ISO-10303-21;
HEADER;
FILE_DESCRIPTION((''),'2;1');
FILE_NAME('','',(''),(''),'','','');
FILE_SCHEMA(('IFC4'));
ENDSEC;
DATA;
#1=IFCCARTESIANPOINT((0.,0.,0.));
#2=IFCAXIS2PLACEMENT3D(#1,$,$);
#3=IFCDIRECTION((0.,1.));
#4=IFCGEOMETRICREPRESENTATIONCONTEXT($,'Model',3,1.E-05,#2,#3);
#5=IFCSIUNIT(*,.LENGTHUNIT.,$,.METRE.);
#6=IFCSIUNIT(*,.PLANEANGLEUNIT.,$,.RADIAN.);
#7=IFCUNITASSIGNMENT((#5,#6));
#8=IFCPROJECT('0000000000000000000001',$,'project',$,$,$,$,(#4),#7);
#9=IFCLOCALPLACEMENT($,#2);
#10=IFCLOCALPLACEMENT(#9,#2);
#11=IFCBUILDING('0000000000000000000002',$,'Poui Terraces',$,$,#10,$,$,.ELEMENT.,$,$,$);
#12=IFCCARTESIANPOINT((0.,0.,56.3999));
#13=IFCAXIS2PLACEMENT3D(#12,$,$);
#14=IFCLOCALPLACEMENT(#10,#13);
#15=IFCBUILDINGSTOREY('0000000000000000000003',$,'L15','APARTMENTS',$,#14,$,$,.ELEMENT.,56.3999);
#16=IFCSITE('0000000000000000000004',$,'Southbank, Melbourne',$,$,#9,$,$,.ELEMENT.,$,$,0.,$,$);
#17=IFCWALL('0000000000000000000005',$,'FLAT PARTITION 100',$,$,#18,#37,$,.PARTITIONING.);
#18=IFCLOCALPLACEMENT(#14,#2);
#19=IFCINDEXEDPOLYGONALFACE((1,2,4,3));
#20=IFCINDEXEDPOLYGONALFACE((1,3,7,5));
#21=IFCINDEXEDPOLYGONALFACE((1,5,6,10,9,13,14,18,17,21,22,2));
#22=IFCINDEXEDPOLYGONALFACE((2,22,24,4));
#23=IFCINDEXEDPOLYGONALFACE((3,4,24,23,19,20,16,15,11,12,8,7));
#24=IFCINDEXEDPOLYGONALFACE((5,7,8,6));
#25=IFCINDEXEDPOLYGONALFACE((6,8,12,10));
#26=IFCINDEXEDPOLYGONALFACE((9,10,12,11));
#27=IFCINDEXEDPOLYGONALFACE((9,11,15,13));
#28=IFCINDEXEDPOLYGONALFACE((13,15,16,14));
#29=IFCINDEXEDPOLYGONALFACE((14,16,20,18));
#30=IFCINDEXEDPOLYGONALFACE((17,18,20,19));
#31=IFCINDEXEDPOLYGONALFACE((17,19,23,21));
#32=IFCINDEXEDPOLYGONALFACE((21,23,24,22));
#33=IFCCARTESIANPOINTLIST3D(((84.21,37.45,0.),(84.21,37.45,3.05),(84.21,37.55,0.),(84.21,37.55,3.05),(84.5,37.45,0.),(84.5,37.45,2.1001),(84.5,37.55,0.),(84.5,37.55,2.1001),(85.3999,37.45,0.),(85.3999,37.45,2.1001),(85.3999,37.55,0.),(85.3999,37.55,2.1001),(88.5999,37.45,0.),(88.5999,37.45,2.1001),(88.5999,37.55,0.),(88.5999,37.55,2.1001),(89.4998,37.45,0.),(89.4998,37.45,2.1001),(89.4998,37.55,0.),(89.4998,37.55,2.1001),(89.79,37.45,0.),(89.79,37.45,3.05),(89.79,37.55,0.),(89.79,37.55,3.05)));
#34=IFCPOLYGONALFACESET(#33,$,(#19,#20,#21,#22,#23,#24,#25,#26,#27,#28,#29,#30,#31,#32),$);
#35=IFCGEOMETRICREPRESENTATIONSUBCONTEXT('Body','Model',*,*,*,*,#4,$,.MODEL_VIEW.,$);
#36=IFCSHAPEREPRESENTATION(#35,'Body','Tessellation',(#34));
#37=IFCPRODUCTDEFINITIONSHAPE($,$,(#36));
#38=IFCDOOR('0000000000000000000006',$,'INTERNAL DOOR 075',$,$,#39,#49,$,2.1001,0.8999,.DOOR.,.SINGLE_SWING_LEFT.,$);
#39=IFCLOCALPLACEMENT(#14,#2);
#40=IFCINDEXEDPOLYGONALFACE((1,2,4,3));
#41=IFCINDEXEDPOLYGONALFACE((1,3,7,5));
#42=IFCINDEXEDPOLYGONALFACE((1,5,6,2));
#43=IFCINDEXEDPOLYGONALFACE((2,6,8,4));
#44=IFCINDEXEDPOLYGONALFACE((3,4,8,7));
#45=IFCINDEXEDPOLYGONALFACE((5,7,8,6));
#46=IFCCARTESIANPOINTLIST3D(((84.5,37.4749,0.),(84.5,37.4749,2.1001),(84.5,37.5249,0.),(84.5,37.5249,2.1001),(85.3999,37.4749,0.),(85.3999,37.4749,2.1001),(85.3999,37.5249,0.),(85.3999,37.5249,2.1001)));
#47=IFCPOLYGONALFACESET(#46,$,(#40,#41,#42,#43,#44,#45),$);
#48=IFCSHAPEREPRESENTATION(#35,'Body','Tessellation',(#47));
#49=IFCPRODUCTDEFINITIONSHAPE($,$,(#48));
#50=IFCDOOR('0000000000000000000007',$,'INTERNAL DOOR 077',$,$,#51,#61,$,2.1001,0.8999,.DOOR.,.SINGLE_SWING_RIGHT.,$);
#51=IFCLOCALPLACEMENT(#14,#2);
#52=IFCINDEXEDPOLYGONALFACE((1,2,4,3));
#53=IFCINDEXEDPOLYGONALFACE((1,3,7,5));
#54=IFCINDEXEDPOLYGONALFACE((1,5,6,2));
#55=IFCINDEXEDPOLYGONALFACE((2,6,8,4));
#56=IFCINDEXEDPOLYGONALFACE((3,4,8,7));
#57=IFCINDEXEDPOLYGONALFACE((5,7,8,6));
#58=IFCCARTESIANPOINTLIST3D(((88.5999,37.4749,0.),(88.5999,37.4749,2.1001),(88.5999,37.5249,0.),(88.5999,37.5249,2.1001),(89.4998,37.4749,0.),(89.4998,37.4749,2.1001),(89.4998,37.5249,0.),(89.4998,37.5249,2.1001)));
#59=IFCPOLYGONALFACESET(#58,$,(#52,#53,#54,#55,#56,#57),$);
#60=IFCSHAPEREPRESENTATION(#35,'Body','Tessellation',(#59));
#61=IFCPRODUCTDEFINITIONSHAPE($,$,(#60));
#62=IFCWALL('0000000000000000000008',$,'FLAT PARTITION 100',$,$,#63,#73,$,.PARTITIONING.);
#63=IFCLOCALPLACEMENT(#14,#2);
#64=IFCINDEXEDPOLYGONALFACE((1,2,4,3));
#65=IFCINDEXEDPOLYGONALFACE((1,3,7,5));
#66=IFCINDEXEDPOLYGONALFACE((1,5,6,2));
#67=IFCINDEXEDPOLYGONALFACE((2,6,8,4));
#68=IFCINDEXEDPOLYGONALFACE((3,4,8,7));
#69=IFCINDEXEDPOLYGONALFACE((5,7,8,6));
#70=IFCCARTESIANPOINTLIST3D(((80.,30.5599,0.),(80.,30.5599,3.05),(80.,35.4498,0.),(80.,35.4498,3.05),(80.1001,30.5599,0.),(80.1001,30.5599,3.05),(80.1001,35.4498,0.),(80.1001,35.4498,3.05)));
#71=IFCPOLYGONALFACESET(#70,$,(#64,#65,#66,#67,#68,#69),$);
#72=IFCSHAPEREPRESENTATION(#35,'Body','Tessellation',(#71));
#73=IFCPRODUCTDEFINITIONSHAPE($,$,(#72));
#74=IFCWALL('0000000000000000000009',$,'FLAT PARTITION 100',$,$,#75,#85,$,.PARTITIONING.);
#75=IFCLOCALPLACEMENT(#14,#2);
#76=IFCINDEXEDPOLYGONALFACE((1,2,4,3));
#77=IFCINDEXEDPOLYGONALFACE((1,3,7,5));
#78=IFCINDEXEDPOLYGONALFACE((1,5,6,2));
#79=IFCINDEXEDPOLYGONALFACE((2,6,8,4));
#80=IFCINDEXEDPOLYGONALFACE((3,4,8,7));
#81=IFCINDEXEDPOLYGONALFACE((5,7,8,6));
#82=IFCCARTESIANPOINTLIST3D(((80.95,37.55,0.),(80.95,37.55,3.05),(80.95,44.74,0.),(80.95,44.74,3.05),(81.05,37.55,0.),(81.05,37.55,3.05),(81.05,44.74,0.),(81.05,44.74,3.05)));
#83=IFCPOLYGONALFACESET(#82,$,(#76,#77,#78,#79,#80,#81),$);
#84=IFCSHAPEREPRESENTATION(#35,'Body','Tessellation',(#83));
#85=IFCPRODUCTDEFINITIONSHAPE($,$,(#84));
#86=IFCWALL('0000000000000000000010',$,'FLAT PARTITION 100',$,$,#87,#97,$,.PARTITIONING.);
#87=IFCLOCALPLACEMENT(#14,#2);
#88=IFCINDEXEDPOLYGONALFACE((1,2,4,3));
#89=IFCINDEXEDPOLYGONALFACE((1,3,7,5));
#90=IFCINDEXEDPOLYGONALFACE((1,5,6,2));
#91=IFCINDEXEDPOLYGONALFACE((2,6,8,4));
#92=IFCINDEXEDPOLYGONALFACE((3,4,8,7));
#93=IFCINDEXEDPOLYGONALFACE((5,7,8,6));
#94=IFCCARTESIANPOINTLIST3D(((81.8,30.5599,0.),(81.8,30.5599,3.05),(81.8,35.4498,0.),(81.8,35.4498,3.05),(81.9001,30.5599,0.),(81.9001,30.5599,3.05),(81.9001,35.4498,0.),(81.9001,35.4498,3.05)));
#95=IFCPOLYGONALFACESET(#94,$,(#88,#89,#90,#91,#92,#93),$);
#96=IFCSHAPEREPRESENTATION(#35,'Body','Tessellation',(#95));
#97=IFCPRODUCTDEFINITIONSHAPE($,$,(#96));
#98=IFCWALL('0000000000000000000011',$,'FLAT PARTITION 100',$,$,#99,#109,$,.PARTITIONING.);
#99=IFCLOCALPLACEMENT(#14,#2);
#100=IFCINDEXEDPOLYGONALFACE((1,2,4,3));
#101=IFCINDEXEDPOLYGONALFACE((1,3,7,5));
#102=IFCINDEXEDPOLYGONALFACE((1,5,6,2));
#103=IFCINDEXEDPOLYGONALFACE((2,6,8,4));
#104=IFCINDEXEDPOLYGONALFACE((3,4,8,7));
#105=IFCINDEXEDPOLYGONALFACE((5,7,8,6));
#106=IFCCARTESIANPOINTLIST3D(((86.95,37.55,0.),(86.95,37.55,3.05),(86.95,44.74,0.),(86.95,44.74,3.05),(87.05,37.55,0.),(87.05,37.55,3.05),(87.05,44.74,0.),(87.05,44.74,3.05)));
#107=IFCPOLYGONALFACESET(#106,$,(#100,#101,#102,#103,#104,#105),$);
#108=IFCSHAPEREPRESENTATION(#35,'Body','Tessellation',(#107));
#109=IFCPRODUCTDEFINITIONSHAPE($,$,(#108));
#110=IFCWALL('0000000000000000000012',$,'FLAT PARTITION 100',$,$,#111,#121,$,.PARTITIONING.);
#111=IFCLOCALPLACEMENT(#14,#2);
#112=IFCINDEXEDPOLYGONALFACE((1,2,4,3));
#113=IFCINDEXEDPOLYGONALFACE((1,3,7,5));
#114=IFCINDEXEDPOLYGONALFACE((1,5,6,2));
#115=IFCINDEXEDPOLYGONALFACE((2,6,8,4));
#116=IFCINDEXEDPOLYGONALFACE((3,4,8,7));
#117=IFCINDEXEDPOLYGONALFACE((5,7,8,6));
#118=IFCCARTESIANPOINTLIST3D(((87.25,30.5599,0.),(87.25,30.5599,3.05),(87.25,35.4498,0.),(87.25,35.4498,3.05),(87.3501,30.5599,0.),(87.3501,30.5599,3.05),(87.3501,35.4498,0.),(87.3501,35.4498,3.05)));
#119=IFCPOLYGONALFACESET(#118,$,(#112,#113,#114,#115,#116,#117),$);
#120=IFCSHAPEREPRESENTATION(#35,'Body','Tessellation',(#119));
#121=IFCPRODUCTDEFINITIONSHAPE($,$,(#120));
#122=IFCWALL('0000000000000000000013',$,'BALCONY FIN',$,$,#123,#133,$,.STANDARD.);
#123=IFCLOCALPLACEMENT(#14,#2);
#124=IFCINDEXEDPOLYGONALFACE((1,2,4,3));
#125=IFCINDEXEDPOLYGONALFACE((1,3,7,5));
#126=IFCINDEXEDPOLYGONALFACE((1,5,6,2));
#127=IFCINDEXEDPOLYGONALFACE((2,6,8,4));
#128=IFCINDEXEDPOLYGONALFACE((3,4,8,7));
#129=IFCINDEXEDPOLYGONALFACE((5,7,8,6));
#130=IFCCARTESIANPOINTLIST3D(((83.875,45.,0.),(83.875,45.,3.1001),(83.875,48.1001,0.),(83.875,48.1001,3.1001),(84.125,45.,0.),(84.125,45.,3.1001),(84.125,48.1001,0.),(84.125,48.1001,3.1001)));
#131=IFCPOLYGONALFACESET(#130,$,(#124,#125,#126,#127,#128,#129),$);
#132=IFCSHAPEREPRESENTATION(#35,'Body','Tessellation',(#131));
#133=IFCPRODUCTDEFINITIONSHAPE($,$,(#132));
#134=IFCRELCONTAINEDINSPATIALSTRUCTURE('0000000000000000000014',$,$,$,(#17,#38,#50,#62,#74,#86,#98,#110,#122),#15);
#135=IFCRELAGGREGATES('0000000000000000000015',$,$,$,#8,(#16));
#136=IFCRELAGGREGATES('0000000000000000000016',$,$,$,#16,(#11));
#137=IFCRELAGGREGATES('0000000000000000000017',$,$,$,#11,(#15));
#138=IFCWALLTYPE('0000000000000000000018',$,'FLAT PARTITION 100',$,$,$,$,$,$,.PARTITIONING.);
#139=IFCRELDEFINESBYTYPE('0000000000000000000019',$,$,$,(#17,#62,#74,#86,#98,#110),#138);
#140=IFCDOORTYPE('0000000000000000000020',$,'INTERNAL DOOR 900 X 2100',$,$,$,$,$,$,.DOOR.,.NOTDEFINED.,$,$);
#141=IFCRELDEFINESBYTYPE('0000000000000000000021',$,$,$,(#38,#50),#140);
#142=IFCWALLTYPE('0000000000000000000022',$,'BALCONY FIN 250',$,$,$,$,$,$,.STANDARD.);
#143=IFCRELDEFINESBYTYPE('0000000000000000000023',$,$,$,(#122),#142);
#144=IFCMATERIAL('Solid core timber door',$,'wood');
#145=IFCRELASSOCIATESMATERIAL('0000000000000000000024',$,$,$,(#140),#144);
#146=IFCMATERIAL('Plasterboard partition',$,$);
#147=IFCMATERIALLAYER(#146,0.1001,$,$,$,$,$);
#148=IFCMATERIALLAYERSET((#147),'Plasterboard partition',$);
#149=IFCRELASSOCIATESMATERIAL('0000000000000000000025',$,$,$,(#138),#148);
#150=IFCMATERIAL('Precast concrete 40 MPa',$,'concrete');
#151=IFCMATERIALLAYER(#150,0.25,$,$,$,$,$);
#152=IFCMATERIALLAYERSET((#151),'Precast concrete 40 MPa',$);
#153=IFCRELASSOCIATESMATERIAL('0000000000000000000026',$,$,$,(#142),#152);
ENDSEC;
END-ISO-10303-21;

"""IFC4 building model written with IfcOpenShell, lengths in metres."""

from ifc_helpers import new_model, si_unit, direction, frame, frame_2d, origin, place, context, subcontext, project, spatial, polyline, rectangle, outline, extrude, source, transform, mapped, material, layer, layer_set, type_object, element, fill, save


model = new_model("IFC4")

# Units and contexts
model_context = context("Model", 3, precision=1e-05, world=origin(), true_north=direction((0.0, 1.0)))
body_context = subcontext(model_context, "Body", "Model", "MODEL_VIEW")
ifc_project = project(units=[si_unit("LENGTHUNIT", "METRE"), si_unit("PLANEANGLEUNIT", "RADIAN")], contexts=[model_context])

# Site, building, storey
site_placement = place(None, origin())
site = spatial("IfcSite", under=ifc_project, at=site_placement, Name="Southbank, Melbourne", CompositionType="ELEMENT", RefElevation=0.0)
building_placement = place(site_placement, origin())
building = spatial("IfcBuilding", under=site, at=building_placement, Name="Poui Terraces", CompositionType="ELEMENT")
storey_placement = place(building_placement, frame((0.0, 0.0, 56.3999)))
storey = spatial("IfcBuildingStorey", under=building, at=storey_placement, Name="L15", Description="APARTMENTS", CompositionType="ELEMENT", Elevation=56.3999)

# Shared definitions
ifc_material_1 = material(Name="Solid core timber door", Category="wood")
door_type_1 = type_object("IfcDoorType", Name="INTERNAL DOOR 900 X 2100", OperationType="NOTDEFINED", PredefinedType="DOOR", material=ifc_material_1)

# Shared definitions
ifc_material_2 = material(Name="Plasterboard partition")
ifc_layer_1 = layer(ifc_material_2, 0.1001)
ifc_layer_set_1 = layer_set([ifc_layer_1], Name="Plasterboard partition")
wall_type_1 = type_object("IfcWallType", Name="FLAT PARTITION 100", PredefinedType="PARTITIONING", material=ifc_layer_set_1)

# Wall, openings, doors
wall_1_placement = place(storey_placement, frame((84.21, 37.5, 0.0), z_axis=(0.0, 0.0, 1.0), x_axis=(1.0, 0.0, 0.0)))
wall_1 = element("IfcWall", 1, at=wall_1_placement, inside=storey, type_object=wall_type_1, Name="FLAT PARTITION 100", PredefinedType="PARTITIONING", context=body_context, shape_type="SweptSolid", body=[
    extrude(rectangle(XDim=5.5801, YDim=0.1001, at=frame_2d((2.79, 0.0))), origin(), (0.0, 0.0, 1.0), 3.05),
])
opening_1_placement = place(wall_1_placement, frame((0.29, 0.0, 0.0)))
opening_1 = element("IfcOpeningElement", 2, at=opening_1_placement, cuts=wall_1, PredefinedType="OPENING", context=body_context, shape_type="SweptSolid", body=[
    extrude(rectangle(XDim=0.8999, YDim=2.1001, at=frame_2d((0.45, 1.05))), frame((0.0, 0.0601, 0.0), z_axis=(0.0, -1.0, 0.0), x_axis=(1.0, 0.0, 0.0)), (0.0, 0.0, 1.0), 0.1201),
])
opening_2_placement = place(wall_1_placement, frame((4.3899, 0.0, 0.0)))
opening_2 = element("IfcOpeningElement", 3, at=opening_2_placement, cuts=wall_1, PredefinedType="OPENING", context=body_context, shape_type="SweptSolid", body=[
    extrude(rectangle(XDim=0.8999, YDim=2.1001, at=frame_2d((0.45, 1.05))), frame((0.0, 0.0601, 0.0), z_axis=(0.0, -1.0, 0.0), x_axis=(1.0, 0.0, 0.0)), (0.0, 0.0, 1.0), 0.1201),
])
door_1_placement = place(opening_1_placement, origin())
door_1 = element("IfcDoor", 4, at=door_1_placement, inside=storey, type_object=door_type_1, Name="INTERNAL DOOR 075", OperationType="SINGLE_SWING_LEFT", OverallHeight=2.1001, OverallWidth=0.8999, PredefinedType="DOOR", context=body_context, shape_type="SweptSolid", body=[
    extrude(rectangle(XDim=0.8999, YDim=2.1001, at=frame_2d((0.45, 1.05))), frame((0.0, 0.0249, 0.0), z_axis=(0.0, -1.0, 0.0), x_axis=(1.0, 0.0, 0.0)), (0.0, 0.0, 1.0), 0.05),
])
fill(opening_1, door_1)
door_2_placement = place(opening_2_placement, origin())
door_2 = element("IfcDoor", 5, at=door_2_placement, inside=storey, type_object=door_type_1, Name="INTERNAL DOOR 077", OperationType="SINGLE_SWING_RIGHT", OverallHeight=2.1001, OverallWidth=0.8999, PredefinedType="DOOR", context=body_context, shape_type="SweptSolid", body=[
    extrude(rectangle(XDim=0.8999, YDim=2.1001, at=frame_2d((0.45, 1.05))), frame((0.0, 0.0249, 0.0), z_axis=(0.0, -1.0, 0.0), x_axis=(1.0, 0.0, 0.0)), (0.0, 0.0, 1.0), 0.05),
])
fill(opening_2, door_2)

# Walls
wall_2_placement = place(storey_placement, frame((80.05, 30.5601, 0.0), z_axis=(0.0, 0.0, 1.0), x_axis=(0.0, 1.0, 0.0)))
element("IfcWall", 6, at=wall_2_placement, inside=storey, type_object=wall_type_1, Name="FLAT PARTITION 100", PredefinedType="PARTITIONING", context=body_context, shape_type="SweptSolid", body=[
    extrude(rectangle(XDim=4.8899, YDim=0.1001, at=frame_2d((2.4448, 0.0))), origin(), (0.0, 0.0, 1.0), 3.05),
])
wall_3_placement = place(storey_placement, frame((81.0, 37.55, 0.0), z_axis=(0.0, 0.0, 1.0), x_axis=(0.0, 1.0, 0.0)))
element("IfcWall", 7, at=wall_3_placement, inside=storey, type_object=wall_type_1, Name="FLAT PARTITION 100", PredefinedType="PARTITIONING", context=body_context, shape_type="SweptSolid", body=[
    extrude(rectangle(XDim=7.1899, YDim=0.1001, at=frame_2d((3.595, 0.0))), origin(), (0.0, 0.0, 1.0), 3.05),
])
wall_4_placement = place(storey_placement, frame((81.8501, 30.5601, 0.0), z_axis=(0.0, 0.0, 1.0), x_axis=(0.0, 1.0, 0.0)))
element("IfcWall", 8, at=wall_4_placement, inside=storey, type_object=wall_type_1, Name="FLAT PARTITION 100", PredefinedType="PARTITIONING", context=body_context, shape_type="SweptSolid", body=[
    extrude(rectangle(XDim=4.8899, YDim=0.1001, at=frame_2d((2.4448, 0.0))), origin(), (0.0, 0.0, 1.0), 3.05),
])
wall_5_placement = place(storey_placement, frame((87.0, 37.55, 0.0), z_axis=(0.0, 0.0, 1.0), x_axis=(0.0, 1.0, 0.0)))
element("IfcWall", 9, at=wall_5_placement, inside=storey, type_object=wall_type_1, Name="FLAT PARTITION 100", PredefinedType="PARTITIONING", context=body_context, shape_type="SweptSolid", body=[
    extrude(rectangle(XDim=7.1899, YDim=0.1001, at=frame_2d((3.595, 0.0))), origin(), (0.0, 0.0, 1.0), 3.05),
])
wall_6_placement = place(storey_placement, frame((87.3, 30.5601, 0.0), z_axis=(0.0, 0.0, 1.0), x_axis=(0.0, 1.0, 0.0)))
element("IfcWall", 10, at=wall_6_placement, inside=storey, type_object=wall_type_1, Name="FLAT PARTITION 100", PredefinedType="PARTITIONING", context=body_context, shape_type="SweptSolid", body=[
    extrude(rectangle(XDim=4.8899, YDim=0.1001, at=frame_2d((2.4448, 0.0))), origin(), (0.0, 0.0, 1.0), 3.05),
])
ifc_material_3 = material(Name="Precast concrete 40 MPa", Category="concrete")
ifc_layer_2 = layer(ifc_material_3, 0.25)
ifc_layer_set_2 = layer_set([ifc_layer_2], Name="Precast concrete 40 MPa")
wall_type_2 = type_object("IfcWallType", Name="BALCONY FIN 250", PredefinedType="STANDARD", material=ifc_layer_set_2)
shared_shape_1 = source(origin(), body_context, "Body", "SweptSolid", [
    extrude(outline(polyline([(0.0, 0.0), (0.25, 0.0), (0.25, 3.1001), (0.0, 3.1001), (0.0, 0.0)])), origin(), (0.0, 0.0, 1.0), 3.1001),
])
wall_7_placement = place(storey_placement, frame((83.875, 45.0, 0.0)))
element("IfcWall", 11, at=wall_7_placement, inside=storey, type_object=wall_type_2, Name="BALCONY FIN", PredefinedType="STANDARD", context=body_context, shape_type="MappedRepresentation", body=[
    mapped(shared_shape_1, transform((0.0, 0.0, 0.0))),
])

save(model, "model.ifc")
